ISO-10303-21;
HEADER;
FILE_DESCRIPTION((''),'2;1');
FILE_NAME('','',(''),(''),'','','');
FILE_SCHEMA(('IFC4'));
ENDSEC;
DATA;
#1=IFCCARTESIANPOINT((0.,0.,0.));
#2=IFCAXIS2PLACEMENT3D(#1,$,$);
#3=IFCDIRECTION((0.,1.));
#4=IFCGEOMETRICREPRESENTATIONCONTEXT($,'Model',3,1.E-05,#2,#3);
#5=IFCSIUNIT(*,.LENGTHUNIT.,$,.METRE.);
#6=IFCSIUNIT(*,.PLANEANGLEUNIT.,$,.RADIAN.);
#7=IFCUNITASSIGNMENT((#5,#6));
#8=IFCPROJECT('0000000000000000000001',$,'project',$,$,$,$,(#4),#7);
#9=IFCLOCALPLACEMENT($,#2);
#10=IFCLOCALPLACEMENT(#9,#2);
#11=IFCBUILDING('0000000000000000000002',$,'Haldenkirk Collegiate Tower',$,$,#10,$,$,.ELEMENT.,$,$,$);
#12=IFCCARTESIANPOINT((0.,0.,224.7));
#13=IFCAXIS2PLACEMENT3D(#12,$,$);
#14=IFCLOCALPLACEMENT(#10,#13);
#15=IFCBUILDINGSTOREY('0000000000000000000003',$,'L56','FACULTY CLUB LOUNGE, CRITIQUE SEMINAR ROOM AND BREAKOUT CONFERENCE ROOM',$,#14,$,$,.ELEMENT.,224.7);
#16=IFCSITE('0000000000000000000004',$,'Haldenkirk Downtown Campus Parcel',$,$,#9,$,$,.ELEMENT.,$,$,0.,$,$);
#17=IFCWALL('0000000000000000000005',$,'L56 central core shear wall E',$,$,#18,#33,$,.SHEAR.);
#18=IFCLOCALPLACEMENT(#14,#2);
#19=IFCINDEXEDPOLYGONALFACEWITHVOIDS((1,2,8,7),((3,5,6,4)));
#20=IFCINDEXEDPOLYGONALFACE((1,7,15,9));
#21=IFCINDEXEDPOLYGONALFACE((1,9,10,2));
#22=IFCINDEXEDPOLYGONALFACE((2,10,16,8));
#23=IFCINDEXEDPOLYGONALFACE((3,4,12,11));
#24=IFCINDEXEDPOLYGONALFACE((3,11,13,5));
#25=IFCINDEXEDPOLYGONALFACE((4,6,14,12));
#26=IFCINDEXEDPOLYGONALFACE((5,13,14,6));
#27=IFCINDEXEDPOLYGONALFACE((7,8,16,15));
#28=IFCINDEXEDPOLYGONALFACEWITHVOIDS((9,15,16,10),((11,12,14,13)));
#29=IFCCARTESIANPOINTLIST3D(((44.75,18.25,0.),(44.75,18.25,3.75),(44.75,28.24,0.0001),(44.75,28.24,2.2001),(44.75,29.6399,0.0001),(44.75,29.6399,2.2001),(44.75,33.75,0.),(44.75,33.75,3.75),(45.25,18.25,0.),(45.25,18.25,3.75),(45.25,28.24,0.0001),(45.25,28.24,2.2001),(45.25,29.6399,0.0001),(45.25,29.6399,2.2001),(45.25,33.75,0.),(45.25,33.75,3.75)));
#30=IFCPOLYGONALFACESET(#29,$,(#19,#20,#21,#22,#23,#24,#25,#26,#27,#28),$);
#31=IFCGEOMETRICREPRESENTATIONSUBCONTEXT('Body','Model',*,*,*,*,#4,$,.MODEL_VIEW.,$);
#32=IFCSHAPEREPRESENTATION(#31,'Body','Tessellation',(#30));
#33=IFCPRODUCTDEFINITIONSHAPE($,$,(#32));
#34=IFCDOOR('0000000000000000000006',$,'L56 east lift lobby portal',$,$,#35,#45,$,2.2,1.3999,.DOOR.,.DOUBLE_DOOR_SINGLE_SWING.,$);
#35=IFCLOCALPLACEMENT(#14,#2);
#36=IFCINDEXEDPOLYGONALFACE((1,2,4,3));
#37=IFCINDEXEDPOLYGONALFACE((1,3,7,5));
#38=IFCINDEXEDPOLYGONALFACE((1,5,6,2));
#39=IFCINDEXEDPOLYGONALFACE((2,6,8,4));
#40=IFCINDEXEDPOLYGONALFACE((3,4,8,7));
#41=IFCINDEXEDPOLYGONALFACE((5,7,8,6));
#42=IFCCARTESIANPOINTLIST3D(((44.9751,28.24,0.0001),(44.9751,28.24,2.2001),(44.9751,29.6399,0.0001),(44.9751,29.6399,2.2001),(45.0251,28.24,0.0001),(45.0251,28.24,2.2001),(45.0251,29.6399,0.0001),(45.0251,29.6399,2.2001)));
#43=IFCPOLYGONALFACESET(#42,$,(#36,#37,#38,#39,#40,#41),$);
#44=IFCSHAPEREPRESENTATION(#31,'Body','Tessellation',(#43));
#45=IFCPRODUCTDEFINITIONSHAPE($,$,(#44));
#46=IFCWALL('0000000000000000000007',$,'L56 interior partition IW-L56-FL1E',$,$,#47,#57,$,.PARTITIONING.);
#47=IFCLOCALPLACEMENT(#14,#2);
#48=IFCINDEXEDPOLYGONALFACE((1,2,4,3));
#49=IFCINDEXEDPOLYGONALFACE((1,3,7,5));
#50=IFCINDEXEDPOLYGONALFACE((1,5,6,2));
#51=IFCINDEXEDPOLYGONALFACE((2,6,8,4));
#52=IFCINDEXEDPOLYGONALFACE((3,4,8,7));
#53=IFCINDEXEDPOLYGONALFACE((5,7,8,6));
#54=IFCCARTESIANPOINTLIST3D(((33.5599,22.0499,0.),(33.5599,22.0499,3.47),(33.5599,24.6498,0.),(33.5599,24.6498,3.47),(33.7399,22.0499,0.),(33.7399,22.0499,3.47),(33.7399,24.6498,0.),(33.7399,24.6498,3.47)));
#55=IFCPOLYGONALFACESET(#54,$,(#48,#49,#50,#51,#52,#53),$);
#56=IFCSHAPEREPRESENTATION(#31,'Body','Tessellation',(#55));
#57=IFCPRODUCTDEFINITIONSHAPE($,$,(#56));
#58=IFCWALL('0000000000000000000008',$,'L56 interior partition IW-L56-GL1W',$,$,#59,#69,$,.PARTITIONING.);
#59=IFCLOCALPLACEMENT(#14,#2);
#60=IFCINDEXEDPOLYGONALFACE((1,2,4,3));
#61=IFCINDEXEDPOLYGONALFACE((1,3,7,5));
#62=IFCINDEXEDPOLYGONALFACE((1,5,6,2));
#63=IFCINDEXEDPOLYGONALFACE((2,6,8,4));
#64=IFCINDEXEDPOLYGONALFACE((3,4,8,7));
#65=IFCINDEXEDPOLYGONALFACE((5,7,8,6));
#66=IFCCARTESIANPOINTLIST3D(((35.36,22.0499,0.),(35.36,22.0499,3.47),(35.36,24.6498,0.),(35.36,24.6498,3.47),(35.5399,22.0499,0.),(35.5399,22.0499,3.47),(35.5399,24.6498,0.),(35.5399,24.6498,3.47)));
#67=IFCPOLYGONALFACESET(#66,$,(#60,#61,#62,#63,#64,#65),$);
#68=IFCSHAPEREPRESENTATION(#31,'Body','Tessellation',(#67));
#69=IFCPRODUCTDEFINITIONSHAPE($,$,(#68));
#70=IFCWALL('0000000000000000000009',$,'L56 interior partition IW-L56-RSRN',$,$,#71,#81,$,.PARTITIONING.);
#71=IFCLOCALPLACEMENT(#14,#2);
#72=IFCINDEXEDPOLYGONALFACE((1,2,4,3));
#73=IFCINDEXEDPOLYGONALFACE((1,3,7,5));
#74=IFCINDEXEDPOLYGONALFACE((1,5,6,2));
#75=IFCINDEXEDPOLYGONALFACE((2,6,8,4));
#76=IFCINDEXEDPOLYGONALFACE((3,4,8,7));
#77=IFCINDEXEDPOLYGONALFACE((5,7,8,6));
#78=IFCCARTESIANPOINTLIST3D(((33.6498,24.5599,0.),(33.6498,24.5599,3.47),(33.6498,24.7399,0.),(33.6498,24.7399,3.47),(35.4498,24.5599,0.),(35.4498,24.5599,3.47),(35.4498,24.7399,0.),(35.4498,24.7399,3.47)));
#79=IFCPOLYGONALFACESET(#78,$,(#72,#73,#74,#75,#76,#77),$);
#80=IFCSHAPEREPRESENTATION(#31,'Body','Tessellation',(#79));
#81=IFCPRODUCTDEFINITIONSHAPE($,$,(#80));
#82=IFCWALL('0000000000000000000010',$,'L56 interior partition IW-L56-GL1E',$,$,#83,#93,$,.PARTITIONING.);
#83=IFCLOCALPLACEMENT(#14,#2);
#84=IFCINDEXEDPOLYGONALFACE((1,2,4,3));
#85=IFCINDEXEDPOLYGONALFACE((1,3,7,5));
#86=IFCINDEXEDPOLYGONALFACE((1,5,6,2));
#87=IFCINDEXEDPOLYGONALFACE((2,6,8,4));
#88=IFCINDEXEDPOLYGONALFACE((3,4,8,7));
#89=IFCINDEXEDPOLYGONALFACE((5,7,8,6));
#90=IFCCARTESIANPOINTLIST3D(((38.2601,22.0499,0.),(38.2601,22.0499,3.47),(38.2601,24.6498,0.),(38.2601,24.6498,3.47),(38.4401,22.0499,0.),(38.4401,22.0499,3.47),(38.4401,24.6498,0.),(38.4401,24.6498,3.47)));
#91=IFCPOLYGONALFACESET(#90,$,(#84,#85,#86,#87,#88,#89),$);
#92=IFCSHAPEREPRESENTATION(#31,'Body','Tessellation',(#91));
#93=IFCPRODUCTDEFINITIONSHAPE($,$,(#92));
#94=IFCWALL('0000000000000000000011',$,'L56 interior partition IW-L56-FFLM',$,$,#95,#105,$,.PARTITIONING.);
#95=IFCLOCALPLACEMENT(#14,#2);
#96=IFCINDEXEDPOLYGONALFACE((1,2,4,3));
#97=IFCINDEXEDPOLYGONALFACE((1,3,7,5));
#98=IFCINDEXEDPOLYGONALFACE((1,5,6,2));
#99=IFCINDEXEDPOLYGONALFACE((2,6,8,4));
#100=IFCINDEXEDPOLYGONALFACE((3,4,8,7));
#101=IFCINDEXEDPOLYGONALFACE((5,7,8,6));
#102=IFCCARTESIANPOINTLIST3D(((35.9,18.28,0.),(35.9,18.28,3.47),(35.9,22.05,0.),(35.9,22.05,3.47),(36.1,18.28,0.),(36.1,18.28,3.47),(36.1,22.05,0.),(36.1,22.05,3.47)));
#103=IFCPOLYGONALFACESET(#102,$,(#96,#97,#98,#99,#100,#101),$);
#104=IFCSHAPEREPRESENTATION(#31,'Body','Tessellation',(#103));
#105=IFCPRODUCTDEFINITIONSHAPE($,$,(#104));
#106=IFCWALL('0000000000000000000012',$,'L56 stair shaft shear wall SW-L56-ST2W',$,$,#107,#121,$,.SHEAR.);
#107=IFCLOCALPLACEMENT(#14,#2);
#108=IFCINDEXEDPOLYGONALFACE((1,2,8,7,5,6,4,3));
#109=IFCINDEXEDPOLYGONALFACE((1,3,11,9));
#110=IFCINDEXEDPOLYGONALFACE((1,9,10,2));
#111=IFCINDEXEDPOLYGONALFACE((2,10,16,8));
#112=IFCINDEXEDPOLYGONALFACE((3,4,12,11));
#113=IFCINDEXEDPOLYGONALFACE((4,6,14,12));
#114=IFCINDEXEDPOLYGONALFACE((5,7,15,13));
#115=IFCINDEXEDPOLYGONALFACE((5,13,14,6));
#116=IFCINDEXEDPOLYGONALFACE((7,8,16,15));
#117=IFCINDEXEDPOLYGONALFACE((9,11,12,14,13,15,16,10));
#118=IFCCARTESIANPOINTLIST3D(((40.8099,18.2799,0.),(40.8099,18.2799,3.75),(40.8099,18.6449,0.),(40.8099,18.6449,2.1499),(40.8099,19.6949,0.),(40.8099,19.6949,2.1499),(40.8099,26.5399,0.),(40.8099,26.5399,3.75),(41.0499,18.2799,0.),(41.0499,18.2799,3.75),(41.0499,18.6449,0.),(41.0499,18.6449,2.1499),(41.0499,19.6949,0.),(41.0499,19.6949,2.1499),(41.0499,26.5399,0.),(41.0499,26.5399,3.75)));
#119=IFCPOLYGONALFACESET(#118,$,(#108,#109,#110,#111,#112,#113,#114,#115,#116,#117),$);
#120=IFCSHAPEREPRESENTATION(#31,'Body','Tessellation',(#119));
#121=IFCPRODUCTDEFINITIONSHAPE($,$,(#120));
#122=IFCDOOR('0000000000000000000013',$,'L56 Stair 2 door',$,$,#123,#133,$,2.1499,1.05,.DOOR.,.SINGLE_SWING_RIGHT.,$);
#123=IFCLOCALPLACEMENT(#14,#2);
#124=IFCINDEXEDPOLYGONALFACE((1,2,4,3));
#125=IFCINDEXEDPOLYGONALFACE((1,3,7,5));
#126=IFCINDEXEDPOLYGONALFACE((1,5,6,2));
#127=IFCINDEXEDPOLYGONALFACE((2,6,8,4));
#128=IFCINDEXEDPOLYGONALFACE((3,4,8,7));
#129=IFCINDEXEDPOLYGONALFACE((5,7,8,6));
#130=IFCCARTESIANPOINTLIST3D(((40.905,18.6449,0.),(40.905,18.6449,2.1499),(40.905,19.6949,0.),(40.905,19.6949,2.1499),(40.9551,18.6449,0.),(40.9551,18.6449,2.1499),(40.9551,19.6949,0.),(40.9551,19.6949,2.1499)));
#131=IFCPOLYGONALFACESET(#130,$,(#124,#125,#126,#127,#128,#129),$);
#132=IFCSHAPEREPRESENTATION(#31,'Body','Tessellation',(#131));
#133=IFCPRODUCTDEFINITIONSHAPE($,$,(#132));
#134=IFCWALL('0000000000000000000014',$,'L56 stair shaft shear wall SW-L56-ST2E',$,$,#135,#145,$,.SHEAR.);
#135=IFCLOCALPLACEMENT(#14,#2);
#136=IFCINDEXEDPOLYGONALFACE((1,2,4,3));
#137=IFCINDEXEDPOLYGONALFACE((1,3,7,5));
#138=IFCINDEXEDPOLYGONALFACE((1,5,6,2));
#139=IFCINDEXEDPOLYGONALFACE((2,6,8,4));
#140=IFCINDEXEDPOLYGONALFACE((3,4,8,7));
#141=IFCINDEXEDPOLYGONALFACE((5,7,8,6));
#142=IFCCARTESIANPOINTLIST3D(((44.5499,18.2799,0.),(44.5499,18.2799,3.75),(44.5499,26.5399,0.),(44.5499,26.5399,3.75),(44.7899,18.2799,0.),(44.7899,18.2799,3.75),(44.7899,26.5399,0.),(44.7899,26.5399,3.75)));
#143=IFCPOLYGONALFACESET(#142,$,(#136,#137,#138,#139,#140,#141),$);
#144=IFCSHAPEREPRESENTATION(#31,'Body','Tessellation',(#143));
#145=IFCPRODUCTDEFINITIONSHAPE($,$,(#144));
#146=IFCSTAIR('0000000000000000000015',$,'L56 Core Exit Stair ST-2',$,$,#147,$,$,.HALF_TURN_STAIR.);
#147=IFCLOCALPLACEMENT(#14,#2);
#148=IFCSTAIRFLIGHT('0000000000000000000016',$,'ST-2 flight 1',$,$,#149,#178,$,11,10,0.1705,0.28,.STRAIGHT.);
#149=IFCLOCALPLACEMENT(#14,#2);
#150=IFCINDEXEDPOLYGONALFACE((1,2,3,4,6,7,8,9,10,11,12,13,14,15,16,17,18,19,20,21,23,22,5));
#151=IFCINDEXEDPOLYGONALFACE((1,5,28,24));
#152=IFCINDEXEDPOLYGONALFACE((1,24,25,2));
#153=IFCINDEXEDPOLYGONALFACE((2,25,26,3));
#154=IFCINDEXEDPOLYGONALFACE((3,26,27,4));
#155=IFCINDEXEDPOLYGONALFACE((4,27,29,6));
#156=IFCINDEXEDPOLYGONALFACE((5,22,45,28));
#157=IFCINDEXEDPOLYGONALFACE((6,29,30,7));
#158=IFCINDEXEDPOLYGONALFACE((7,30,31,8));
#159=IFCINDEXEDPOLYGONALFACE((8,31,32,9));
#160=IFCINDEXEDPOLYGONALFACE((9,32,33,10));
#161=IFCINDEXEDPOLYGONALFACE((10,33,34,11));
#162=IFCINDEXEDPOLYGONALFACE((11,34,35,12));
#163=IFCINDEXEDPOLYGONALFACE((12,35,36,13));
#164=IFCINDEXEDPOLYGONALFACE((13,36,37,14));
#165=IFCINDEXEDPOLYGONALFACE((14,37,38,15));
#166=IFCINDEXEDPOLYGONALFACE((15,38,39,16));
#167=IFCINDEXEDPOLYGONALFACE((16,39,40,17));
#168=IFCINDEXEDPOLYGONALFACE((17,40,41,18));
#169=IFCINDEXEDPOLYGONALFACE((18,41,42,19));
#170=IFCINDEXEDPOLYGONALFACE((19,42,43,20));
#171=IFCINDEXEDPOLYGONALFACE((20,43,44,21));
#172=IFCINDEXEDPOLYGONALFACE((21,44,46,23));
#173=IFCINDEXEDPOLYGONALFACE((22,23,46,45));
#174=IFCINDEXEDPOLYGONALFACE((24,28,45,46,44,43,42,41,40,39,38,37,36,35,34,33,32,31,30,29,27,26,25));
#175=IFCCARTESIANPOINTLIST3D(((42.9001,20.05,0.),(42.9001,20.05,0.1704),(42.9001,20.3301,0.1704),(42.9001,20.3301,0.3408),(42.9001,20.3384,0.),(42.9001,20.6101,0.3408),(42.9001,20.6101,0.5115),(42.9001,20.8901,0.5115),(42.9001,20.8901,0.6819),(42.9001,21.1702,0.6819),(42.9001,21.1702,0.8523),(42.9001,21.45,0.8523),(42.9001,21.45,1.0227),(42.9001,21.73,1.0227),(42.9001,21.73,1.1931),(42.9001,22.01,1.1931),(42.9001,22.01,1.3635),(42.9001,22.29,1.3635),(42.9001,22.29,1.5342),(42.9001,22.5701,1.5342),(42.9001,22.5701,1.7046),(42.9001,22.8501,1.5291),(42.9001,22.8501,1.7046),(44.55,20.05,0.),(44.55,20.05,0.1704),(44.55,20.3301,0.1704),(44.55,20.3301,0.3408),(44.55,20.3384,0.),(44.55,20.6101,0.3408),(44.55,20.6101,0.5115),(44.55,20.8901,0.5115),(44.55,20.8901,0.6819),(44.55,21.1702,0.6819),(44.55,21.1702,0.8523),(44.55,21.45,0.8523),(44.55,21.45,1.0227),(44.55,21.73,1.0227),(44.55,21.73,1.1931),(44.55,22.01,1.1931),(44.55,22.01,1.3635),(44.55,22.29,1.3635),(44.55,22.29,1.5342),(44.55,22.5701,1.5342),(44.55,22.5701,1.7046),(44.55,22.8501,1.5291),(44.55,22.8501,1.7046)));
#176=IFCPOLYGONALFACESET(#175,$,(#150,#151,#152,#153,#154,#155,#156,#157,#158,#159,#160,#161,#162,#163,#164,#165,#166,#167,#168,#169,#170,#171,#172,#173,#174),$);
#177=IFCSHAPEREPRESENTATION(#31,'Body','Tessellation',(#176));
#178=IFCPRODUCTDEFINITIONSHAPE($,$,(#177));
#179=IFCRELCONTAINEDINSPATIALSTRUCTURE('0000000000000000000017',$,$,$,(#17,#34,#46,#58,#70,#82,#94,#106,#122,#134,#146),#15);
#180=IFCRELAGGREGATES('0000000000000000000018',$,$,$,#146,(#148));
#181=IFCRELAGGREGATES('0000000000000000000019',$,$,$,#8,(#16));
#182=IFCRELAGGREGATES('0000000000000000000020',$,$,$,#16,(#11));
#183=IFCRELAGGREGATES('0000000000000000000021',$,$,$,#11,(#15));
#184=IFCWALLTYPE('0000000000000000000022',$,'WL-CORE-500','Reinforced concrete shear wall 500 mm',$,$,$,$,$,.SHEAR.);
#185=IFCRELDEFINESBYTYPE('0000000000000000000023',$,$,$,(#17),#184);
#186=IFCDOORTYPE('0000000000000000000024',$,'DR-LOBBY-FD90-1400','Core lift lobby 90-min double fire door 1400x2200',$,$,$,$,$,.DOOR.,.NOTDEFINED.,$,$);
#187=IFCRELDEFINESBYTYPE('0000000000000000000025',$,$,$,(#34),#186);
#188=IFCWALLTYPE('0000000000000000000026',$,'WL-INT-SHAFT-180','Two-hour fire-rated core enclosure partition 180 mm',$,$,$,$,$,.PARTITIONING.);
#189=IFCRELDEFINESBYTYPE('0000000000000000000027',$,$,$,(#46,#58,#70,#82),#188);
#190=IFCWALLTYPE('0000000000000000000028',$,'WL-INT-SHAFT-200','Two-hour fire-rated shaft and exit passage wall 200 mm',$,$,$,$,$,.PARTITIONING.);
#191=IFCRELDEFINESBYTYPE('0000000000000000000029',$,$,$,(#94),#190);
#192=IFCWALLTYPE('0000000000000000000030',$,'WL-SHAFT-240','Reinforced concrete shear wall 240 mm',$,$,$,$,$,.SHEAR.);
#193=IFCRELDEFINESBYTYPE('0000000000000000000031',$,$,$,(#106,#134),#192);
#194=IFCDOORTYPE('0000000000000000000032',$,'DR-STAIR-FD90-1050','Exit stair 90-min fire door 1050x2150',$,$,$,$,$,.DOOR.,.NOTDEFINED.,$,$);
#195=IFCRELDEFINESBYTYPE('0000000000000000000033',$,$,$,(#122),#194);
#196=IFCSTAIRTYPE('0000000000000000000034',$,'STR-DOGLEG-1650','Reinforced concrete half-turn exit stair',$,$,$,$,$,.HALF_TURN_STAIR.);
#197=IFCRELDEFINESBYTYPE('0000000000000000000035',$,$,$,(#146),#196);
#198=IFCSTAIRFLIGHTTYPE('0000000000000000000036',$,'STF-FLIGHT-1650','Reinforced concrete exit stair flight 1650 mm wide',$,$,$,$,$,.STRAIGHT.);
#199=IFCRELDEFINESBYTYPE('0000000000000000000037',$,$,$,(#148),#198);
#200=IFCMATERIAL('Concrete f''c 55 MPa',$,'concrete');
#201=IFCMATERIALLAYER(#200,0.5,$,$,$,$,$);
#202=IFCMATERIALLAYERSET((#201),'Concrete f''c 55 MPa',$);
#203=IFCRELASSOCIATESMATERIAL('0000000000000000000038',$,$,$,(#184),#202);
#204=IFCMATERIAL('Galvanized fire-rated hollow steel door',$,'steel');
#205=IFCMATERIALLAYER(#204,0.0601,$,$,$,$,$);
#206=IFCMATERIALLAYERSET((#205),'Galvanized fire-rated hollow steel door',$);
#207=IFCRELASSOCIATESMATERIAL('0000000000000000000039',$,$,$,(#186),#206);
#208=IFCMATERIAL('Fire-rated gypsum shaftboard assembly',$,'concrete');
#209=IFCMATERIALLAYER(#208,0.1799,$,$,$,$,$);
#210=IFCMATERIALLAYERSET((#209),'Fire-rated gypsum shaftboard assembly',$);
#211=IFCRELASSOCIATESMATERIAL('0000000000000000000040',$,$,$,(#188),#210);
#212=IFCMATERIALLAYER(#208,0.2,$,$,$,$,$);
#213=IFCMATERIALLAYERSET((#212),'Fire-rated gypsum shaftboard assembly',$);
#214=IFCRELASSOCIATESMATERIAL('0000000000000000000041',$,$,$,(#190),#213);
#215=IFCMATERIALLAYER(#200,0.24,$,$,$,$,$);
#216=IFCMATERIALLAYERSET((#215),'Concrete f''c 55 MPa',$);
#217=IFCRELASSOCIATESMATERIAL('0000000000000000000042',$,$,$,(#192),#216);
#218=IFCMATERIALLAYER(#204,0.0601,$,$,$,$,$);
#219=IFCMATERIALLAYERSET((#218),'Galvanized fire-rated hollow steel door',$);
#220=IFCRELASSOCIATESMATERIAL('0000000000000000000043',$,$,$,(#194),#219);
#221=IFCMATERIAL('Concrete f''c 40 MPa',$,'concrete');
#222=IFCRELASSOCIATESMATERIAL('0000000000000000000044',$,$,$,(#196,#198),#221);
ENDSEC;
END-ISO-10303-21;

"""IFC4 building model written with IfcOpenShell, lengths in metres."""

from ifc_helpers import new_model, si_unit, direction, frame, frame_2d, origin, place, context, subcontext, project, spatial, polyline, rectangle, outline, extrude, material, layer, layer_set, type_object, element, fill, aggregate, save


model = new_model("IFC4")

# Units and contexts
model_context = context("Model", 3, precision=1e-05, world=origin(), true_north=direction((0.0, 1.0)))
body_context = subcontext(model_context, "Body", "Model", "MODEL_VIEW")
ifc_project = project(units=[si_unit("LENGTHUNIT", "METRE"), si_unit("PLANEANGLEUNIT", "RADIAN")], contexts=[model_context])

# Site, building, storey
site_placement = place(None, origin())
site = spatial("IfcSite", under=ifc_project, at=site_placement, Name="Haldenkirk Downtown Campus Parcel", CompositionType="ELEMENT", RefElevation=0.0)
building_placement = place(site_placement, origin())
building = spatial("IfcBuilding", under=site, at=building_placement, Name="Haldenkirk Collegiate Tower", CompositionType="ELEMENT")
storey_placement = place(building_placement, frame((0.0, 0.0, 224.7)))
storey = spatial("IfcBuildingStorey", under=building, at=storey_placement, Name="L56", Description="FACULTY CLUB LOUNGE, CRITIQUE SEMINAR ROOM AND BREAKOUT CONFERENCE ROOM", CompositionType="ELEMENT", Elevation=224.7)

# Wall, opening, door
ifc_material_1 = material(Name="Concrete f'c 55 MPa", Category="concrete")
ifc_layer_1 = layer(ifc_material_1, 0.5)
ifc_layer_set_1 = layer_set([ifc_layer_1], Name="Concrete f'c 55 MPa")
wall_type_1 = type_object("IfcWallType", Name="WL-CORE-500", Description="Reinforced concrete shear wall 500 mm", PredefinedType="SHEAR", material=ifc_layer_set_1)
wall_1_placement = place(storey_placement, frame((45.0, 18.25, 0.0), z_axis=(0.0, 0.0, 1.0), x_axis=(0.0, 1.0, 0.0)))
wall_1 = element("IfcWall", 1, at=wall_1_placement, inside=storey, type_object=wall_type_1, Name="L56 central core shear wall E", PredefinedType="SHEAR", context=body_context, shape_type="SweptSolid", body=[
    extrude(rectangle(XDim=15.5, YDim=0.5, at=frame_2d((7.75, 0.0))), origin(), (0.0, 0.0, 1.0), 3.75),
])
opening_1_placement = place(wall_1_placement, frame((9.99, 0.0, 0.0)))
opening_1 = element("IfcOpeningElement", 2, at=opening_1_placement, cuts=wall_1, PredefinedType="OPENING", context=body_context, shape_type="SweptSolid", body=[
    extrude(rectangle(XDim=1.3999, YDim=2.2, at=frame_2d((0.7, 1.1001))), frame((0.0, 0.26, 0.0), z_axis=(0.0, -1.0, 0.0), x_axis=(1.0, 0.0, 0.0)), (0.0, 0.0, 1.0), 0.52),
])
ifc_material_2 = material(Name="Galvanized fire-rated hollow steel door", Category="steel")
ifc_layer_2 = layer(ifc_material_2, 0.0601)
ifc_layer_set_2 = layer_set([ifc_layer_2], Name="Galvanized fire-rated hollow steel door")
door_type_1 = type_object("IfcDoorType", Name="DR-LOBBY-FD90-1400", Description="Core lift lobby 90-min double fire door 1400x2200", OperationType="NOTDEFINED", PredefinedType="DOOR", material=ifc_layer_set_2)
door_1_placement = place(opening_1_placement, origin())
door_1 = element("IfcDoor", 3, at=door_1_placement, inside=storey, type_object=door_type_1, Name="L56 east lift lobby portal", OperationType="DOUBLE_DOOR_SINGLE_SWING", OverallHeight=2.2, OverallWidth=1.3999, PredefinedType="DOOR", context=body_context, shape_type="SweptSolid", body=[
    extrude(rectangle(XDim=1.3999, YDim=2.2, at=frame_2d((0.7, 1.1001))), frame((0.0, 0.0249, 0.0), z_axis=(0.0, -1.0, 0.0), x_axis=(1.0, 0.0, 0.0)), (0.0, 0.0, 1.0), 0.05),
])
fill(opening_1, door_1)

# Walls
ifc_material_3 = material(Name="Fire-rated gypsum shaftboard assembly", Category="concrete")
ifc_layer_3 = layer(ifc_material_3, 0.1799)
ifc_layer_set_3 = layer_set([ifc_layer_3], Name="Fire-rated gypsum shaftboard assembly")
wall_type_2 = type_object("IfcWallType", Name="WL-INT-SHAFT-180", Description="Two-hour fire-rated core enclosure partition 180 mm", PredefinedType="PARTITIONING", material=ifc_layer_set_3)
for number, where, z_axis, x_axis, name in (
    (4, (33.6499, 22.05, 0.0), (0.0, 0.0, 1.0), (0.0, 1.0, 0.0), "L56 interior partition IW-L56-FL1E"),
    (5, (35.45, 22.05, 0.0), (0.0, 0.0, 1.0), (0.0, 1.0, 0.0), "L56 interior partition IW-L56-GL1W"),
):
    element("IfcWall", number, at=place(storey_placement, frame(where, z_axis=z_axis, x_axis=x_axis)), inside=storey, type_object=wall_type_2, Name=name, PredefinedType="PARTITIONING", context=body_context, shape_type="SweptSolid", body=[
        extrude(rectangle(XDim=2.5999, YDim=0.1799, at=frame_2d((1.2998, 0.0))), origin(), (0.0, 0.0, 1.0), 3.47),
    ])
wall_2_placement = place(storey_placement, frame((33.6499, 24.6499, 0.0), z_axis=(0.0, 0.0, 1.0), x_axis=(1.0, 0.0, 0.0)))
element("IfcWall", 6, at=wall_2_placement, inside=storey, type_object=wall_type_2, Name="L56 interior partition IW-L56-RSRN", PredefinedType="PARTITIONING", context=body_context, shape_type="SweptSolid", body=[
    extrude(rectangle(XDim=1.8, YDim=0.1799, at=frame_2d((0.8999, 0.0))), origin(), (0.0, 0.0, 1.0), 3.47),
])
wall_3_placement = place(storey_placement, frame((38.3501, 22.05, 0.0), z_axis=(0.0, 0.0, 1.0), x_axis=(0.0, 1.0, 0.0)))
element("IfcWall", 7, at=wall_3_placement, inside=storey, type_object=wall_type_2, Name="L56 interior partition IW-L56-GL1E", PredefinedType="PARTITIONING", context=body_context, shape_type="SweptSolid", body=[
    extrude(rectangle(XDim=2.5999, YDim=0.1799, at=frame_2d((1.2998, 0.0))), origin(), (0.0, 0.0, 1.0), 3.47),
])
ifc_layer_4 = layer(ifc_material_3, 0.2)
ifc_layer_set_4 = layer_set([ifc_layer_4], Name="Fire-rated gypsum shaftboard assembly")
wall_type_3 = type_object("IfcWallType", Name="WL-INT-SHAFT-200", Description="Two-hour fire-rated shaft and exit passage wall 200 mm", PredefinedType="PARTITIONING", material=ifc_layer_set_4)
wall_4_placement = place(storey_placement, frame((36.0, 18.28, 0.0), z_axis=(0.0, 0.0, 1.0), x_axis=(0.0, 1.0, 0.0)))
element("IfcWall", 8, at=wall_4_placement, inside=storey, type_object=wall_type_3, Name="L56 interior partition IW-L56-FFLM", PredefinedType="PARTITIONING", context=body_context, shape_type="SweptSolid", body=[
    extrude(rectangle(XDim=3.77, YDim=0.2, at=frame_2d((1.885, 0.0))), origin(), (0.0, 0.0, 1.0), 3.47),
])

# Wall, opening, door
ifc_layer_5 = layer(ifc_material_1, 0.24)
ifc_layer_set_5 = layer_set([ifc_layer_5], Name="Concrete f'c 55 MPa")
wall_type_4 = type_object("IfcWallType", Name="WL-SHAFT-240", Description="Reinforced concrete shear wall 240 mm", PredefinedType="SHEAR", material=ifc_layer_set_5)
wall_5_placement = place(storey_placement, frame((40.9299, 18.28, 0.0), z_axis=(0.0, 0.0, 1.0), x_axis=(0.0, 1.0, 0.0)))
wall_5 = element("IfcWall", 9, at=wall_5_placement, inside=storey, type_object=wall_type_4, Name="L56 stair shaft shear wall SW-L56-ST2W", PredefinedType="SHEAR", context=body_context, shape_type="SweptSolid", body=[
    extrude(rectangle(XDim=8.26, YDim=0.24, at=frame_2d((4.1299, 0.0))), origin(), (0.0, 0.0, 1.0), 3.75),
])
opening_2_placement = place(wall_5_placement, frame((0.365, 0.0, 0.0)))
opening_2 = element("IfcOpeningElement", 10, at=opening_2_placement, cuts=wall_5, PredefinedType="OPENING", context=body_context, shape_type="SweptSolid", body=[
    extrude(rectangle(XDim=1.05, YDim=2.1499, at=frame_2d((0.5249, 1.075))), frame((0.0, 0.1299, 0.0), z_axis=(0.0, -1.0, 0.0), x_axis=(1.0, 0.0, 0.0)), (0.0, 0.0, 1.0), 0.26),
])
ifc_layer_6 = layer(ifc_material_2, 0.0601)
ifc_layer_set_6 = layer_set([ifc_layer_6], Name="Galvanized fire-rated hollow steel door")
door_type_2 = type_object("IfcDoorType", Name="DR-STAIR-FD90-1050", Description="Exit stair 90-min fire door 1050x2150", OperationType="NOTDEFINED", PredefinedType="DOOR", material=ifc_layer_set_6)
door_2_placement = place(opening_2_placement, origin())
door_2 = element("IfcDoor", 11, at=door_2_placement, inside=storey, type_object=door_type_2, Name="L56 Stair 2 door", OperationType="SINGLE_SWING_RIGHT", OverallHeight=2.1499, OverallWidth=1.05, PredefinedType="DOOR", context=body_context, shape_type="SweptSolid", body=[
    extrude(rectangle(XDim=1.05, YDim=2.1499, at=frame_2d((0.5249, 1.075))), frame((0.0, 0.0249, 0.0), z_axis=(0.0, -1.0, 0.0), x_axis=(1.0, 0.0, 0.0)), (0.0, 0.0, 1.0), 0.05),
])
fill(opening_2, door_2)

# Wall
wall_6_placement = place(storey_placement, frame((44.6699, 18.28, 0.0), z_axis=(0.0, 0.0, 1.0), x_axis=(0.0, 1.0, 0.0)))
element("IfcWall", 12, at=wall_6_placement, inside=storey, type_object=wall_type_4, Name="L56 stair shaft shear wall SW-L56-ST2E", PredefinedType="SHEAR", context=body_context, shape_type="SweptSolid", body=[
    extrude(rectangle(XDim=8.26, YDim=0.24, at=frame_2d((4.1299, 0.0))), origin(), (0.0, 0.0, 1.0), 3.75),
])

# Stair, stair flight
ifc_material_4 = material(Name="Concrete f'c 40 MPa", Category="concrete")
stair_type = type_object("IfcStairType", Name="STR-DOGLEG-1650", Description="Reinforced concrete half-turn exit stair", PredefinedType="HALF_TURN_STAIR", material=ifc_material_4)
stair_placement = place(storey_placement, origin())
stair = element("IfcStair", 13, at=stair_placement, inside=storey, type_object=stair_type, Name="L56 Core Exit Stair ST-2", PredefinedType="HALF_TURN_STAIR")
stair_flight_type = type_object("IfcStairFlightType", Name="STF-FLIGHT-1650", Description="Reinforced concrete exit stair flight 1650 mm wide", PredefinedType="STRAIGHT", material=ifc_material_4)
stair_flight_1_placement = place(storey_placement, frame((43.7251, 20.05, 0.0), z_axis=(0.0, 0.0, 1.0), x_axis=(0.0, 1.0, 0.0)))
stair_flight_1 = element("IfcStairFlight", 14, at=stair_flight_1_placement, type_object=stair_flight_type, Name="ST-2 flight 1", NumberOfRisers=11, NumberOfTreads=10, PredefinedType="STRAIGHT", RiserHeight=0.1705, TreadLength=0.28, context=body_context, shape_type="SweptSolid", body=[
    extrude(outline(polyline([(0.0, 0.0), (0.0, 0.1704), (0.28, 0.1704), (0.28, 0.3408), (0.5601, 0.3408), (0.5601, 0.5115), (0.8401, 0.5115), (0.8401, 0.6819), (1.1201, 0.6819), (1.1201, 0.8523), (1.3999, 0.8523), (1.3999, 1.0227), (1.6799, 1.0227), (1.6799, 1.1931), (1.96, 1.1931), (1.96, 1.3635), (2.24, 1.3635), (2.24, 1.5342), (2.52, 1.5342), (2.52, 1.7046), (2.8, 1.7046), (2.8, 1.875), (2.8, 1.5291), (0.2883, 0.0), (0.0, 0.0)])), frame((0.0, 0.825, 0.0), z_axis=(0.0, -1.0, 0.0), x_axis=(1.0, 0.0, 0.0)), (0.0, 0.0, 1.0), 1.6499),
])
aggregate(stair, [stair_flight_1])

save(model, "model.ifc")
